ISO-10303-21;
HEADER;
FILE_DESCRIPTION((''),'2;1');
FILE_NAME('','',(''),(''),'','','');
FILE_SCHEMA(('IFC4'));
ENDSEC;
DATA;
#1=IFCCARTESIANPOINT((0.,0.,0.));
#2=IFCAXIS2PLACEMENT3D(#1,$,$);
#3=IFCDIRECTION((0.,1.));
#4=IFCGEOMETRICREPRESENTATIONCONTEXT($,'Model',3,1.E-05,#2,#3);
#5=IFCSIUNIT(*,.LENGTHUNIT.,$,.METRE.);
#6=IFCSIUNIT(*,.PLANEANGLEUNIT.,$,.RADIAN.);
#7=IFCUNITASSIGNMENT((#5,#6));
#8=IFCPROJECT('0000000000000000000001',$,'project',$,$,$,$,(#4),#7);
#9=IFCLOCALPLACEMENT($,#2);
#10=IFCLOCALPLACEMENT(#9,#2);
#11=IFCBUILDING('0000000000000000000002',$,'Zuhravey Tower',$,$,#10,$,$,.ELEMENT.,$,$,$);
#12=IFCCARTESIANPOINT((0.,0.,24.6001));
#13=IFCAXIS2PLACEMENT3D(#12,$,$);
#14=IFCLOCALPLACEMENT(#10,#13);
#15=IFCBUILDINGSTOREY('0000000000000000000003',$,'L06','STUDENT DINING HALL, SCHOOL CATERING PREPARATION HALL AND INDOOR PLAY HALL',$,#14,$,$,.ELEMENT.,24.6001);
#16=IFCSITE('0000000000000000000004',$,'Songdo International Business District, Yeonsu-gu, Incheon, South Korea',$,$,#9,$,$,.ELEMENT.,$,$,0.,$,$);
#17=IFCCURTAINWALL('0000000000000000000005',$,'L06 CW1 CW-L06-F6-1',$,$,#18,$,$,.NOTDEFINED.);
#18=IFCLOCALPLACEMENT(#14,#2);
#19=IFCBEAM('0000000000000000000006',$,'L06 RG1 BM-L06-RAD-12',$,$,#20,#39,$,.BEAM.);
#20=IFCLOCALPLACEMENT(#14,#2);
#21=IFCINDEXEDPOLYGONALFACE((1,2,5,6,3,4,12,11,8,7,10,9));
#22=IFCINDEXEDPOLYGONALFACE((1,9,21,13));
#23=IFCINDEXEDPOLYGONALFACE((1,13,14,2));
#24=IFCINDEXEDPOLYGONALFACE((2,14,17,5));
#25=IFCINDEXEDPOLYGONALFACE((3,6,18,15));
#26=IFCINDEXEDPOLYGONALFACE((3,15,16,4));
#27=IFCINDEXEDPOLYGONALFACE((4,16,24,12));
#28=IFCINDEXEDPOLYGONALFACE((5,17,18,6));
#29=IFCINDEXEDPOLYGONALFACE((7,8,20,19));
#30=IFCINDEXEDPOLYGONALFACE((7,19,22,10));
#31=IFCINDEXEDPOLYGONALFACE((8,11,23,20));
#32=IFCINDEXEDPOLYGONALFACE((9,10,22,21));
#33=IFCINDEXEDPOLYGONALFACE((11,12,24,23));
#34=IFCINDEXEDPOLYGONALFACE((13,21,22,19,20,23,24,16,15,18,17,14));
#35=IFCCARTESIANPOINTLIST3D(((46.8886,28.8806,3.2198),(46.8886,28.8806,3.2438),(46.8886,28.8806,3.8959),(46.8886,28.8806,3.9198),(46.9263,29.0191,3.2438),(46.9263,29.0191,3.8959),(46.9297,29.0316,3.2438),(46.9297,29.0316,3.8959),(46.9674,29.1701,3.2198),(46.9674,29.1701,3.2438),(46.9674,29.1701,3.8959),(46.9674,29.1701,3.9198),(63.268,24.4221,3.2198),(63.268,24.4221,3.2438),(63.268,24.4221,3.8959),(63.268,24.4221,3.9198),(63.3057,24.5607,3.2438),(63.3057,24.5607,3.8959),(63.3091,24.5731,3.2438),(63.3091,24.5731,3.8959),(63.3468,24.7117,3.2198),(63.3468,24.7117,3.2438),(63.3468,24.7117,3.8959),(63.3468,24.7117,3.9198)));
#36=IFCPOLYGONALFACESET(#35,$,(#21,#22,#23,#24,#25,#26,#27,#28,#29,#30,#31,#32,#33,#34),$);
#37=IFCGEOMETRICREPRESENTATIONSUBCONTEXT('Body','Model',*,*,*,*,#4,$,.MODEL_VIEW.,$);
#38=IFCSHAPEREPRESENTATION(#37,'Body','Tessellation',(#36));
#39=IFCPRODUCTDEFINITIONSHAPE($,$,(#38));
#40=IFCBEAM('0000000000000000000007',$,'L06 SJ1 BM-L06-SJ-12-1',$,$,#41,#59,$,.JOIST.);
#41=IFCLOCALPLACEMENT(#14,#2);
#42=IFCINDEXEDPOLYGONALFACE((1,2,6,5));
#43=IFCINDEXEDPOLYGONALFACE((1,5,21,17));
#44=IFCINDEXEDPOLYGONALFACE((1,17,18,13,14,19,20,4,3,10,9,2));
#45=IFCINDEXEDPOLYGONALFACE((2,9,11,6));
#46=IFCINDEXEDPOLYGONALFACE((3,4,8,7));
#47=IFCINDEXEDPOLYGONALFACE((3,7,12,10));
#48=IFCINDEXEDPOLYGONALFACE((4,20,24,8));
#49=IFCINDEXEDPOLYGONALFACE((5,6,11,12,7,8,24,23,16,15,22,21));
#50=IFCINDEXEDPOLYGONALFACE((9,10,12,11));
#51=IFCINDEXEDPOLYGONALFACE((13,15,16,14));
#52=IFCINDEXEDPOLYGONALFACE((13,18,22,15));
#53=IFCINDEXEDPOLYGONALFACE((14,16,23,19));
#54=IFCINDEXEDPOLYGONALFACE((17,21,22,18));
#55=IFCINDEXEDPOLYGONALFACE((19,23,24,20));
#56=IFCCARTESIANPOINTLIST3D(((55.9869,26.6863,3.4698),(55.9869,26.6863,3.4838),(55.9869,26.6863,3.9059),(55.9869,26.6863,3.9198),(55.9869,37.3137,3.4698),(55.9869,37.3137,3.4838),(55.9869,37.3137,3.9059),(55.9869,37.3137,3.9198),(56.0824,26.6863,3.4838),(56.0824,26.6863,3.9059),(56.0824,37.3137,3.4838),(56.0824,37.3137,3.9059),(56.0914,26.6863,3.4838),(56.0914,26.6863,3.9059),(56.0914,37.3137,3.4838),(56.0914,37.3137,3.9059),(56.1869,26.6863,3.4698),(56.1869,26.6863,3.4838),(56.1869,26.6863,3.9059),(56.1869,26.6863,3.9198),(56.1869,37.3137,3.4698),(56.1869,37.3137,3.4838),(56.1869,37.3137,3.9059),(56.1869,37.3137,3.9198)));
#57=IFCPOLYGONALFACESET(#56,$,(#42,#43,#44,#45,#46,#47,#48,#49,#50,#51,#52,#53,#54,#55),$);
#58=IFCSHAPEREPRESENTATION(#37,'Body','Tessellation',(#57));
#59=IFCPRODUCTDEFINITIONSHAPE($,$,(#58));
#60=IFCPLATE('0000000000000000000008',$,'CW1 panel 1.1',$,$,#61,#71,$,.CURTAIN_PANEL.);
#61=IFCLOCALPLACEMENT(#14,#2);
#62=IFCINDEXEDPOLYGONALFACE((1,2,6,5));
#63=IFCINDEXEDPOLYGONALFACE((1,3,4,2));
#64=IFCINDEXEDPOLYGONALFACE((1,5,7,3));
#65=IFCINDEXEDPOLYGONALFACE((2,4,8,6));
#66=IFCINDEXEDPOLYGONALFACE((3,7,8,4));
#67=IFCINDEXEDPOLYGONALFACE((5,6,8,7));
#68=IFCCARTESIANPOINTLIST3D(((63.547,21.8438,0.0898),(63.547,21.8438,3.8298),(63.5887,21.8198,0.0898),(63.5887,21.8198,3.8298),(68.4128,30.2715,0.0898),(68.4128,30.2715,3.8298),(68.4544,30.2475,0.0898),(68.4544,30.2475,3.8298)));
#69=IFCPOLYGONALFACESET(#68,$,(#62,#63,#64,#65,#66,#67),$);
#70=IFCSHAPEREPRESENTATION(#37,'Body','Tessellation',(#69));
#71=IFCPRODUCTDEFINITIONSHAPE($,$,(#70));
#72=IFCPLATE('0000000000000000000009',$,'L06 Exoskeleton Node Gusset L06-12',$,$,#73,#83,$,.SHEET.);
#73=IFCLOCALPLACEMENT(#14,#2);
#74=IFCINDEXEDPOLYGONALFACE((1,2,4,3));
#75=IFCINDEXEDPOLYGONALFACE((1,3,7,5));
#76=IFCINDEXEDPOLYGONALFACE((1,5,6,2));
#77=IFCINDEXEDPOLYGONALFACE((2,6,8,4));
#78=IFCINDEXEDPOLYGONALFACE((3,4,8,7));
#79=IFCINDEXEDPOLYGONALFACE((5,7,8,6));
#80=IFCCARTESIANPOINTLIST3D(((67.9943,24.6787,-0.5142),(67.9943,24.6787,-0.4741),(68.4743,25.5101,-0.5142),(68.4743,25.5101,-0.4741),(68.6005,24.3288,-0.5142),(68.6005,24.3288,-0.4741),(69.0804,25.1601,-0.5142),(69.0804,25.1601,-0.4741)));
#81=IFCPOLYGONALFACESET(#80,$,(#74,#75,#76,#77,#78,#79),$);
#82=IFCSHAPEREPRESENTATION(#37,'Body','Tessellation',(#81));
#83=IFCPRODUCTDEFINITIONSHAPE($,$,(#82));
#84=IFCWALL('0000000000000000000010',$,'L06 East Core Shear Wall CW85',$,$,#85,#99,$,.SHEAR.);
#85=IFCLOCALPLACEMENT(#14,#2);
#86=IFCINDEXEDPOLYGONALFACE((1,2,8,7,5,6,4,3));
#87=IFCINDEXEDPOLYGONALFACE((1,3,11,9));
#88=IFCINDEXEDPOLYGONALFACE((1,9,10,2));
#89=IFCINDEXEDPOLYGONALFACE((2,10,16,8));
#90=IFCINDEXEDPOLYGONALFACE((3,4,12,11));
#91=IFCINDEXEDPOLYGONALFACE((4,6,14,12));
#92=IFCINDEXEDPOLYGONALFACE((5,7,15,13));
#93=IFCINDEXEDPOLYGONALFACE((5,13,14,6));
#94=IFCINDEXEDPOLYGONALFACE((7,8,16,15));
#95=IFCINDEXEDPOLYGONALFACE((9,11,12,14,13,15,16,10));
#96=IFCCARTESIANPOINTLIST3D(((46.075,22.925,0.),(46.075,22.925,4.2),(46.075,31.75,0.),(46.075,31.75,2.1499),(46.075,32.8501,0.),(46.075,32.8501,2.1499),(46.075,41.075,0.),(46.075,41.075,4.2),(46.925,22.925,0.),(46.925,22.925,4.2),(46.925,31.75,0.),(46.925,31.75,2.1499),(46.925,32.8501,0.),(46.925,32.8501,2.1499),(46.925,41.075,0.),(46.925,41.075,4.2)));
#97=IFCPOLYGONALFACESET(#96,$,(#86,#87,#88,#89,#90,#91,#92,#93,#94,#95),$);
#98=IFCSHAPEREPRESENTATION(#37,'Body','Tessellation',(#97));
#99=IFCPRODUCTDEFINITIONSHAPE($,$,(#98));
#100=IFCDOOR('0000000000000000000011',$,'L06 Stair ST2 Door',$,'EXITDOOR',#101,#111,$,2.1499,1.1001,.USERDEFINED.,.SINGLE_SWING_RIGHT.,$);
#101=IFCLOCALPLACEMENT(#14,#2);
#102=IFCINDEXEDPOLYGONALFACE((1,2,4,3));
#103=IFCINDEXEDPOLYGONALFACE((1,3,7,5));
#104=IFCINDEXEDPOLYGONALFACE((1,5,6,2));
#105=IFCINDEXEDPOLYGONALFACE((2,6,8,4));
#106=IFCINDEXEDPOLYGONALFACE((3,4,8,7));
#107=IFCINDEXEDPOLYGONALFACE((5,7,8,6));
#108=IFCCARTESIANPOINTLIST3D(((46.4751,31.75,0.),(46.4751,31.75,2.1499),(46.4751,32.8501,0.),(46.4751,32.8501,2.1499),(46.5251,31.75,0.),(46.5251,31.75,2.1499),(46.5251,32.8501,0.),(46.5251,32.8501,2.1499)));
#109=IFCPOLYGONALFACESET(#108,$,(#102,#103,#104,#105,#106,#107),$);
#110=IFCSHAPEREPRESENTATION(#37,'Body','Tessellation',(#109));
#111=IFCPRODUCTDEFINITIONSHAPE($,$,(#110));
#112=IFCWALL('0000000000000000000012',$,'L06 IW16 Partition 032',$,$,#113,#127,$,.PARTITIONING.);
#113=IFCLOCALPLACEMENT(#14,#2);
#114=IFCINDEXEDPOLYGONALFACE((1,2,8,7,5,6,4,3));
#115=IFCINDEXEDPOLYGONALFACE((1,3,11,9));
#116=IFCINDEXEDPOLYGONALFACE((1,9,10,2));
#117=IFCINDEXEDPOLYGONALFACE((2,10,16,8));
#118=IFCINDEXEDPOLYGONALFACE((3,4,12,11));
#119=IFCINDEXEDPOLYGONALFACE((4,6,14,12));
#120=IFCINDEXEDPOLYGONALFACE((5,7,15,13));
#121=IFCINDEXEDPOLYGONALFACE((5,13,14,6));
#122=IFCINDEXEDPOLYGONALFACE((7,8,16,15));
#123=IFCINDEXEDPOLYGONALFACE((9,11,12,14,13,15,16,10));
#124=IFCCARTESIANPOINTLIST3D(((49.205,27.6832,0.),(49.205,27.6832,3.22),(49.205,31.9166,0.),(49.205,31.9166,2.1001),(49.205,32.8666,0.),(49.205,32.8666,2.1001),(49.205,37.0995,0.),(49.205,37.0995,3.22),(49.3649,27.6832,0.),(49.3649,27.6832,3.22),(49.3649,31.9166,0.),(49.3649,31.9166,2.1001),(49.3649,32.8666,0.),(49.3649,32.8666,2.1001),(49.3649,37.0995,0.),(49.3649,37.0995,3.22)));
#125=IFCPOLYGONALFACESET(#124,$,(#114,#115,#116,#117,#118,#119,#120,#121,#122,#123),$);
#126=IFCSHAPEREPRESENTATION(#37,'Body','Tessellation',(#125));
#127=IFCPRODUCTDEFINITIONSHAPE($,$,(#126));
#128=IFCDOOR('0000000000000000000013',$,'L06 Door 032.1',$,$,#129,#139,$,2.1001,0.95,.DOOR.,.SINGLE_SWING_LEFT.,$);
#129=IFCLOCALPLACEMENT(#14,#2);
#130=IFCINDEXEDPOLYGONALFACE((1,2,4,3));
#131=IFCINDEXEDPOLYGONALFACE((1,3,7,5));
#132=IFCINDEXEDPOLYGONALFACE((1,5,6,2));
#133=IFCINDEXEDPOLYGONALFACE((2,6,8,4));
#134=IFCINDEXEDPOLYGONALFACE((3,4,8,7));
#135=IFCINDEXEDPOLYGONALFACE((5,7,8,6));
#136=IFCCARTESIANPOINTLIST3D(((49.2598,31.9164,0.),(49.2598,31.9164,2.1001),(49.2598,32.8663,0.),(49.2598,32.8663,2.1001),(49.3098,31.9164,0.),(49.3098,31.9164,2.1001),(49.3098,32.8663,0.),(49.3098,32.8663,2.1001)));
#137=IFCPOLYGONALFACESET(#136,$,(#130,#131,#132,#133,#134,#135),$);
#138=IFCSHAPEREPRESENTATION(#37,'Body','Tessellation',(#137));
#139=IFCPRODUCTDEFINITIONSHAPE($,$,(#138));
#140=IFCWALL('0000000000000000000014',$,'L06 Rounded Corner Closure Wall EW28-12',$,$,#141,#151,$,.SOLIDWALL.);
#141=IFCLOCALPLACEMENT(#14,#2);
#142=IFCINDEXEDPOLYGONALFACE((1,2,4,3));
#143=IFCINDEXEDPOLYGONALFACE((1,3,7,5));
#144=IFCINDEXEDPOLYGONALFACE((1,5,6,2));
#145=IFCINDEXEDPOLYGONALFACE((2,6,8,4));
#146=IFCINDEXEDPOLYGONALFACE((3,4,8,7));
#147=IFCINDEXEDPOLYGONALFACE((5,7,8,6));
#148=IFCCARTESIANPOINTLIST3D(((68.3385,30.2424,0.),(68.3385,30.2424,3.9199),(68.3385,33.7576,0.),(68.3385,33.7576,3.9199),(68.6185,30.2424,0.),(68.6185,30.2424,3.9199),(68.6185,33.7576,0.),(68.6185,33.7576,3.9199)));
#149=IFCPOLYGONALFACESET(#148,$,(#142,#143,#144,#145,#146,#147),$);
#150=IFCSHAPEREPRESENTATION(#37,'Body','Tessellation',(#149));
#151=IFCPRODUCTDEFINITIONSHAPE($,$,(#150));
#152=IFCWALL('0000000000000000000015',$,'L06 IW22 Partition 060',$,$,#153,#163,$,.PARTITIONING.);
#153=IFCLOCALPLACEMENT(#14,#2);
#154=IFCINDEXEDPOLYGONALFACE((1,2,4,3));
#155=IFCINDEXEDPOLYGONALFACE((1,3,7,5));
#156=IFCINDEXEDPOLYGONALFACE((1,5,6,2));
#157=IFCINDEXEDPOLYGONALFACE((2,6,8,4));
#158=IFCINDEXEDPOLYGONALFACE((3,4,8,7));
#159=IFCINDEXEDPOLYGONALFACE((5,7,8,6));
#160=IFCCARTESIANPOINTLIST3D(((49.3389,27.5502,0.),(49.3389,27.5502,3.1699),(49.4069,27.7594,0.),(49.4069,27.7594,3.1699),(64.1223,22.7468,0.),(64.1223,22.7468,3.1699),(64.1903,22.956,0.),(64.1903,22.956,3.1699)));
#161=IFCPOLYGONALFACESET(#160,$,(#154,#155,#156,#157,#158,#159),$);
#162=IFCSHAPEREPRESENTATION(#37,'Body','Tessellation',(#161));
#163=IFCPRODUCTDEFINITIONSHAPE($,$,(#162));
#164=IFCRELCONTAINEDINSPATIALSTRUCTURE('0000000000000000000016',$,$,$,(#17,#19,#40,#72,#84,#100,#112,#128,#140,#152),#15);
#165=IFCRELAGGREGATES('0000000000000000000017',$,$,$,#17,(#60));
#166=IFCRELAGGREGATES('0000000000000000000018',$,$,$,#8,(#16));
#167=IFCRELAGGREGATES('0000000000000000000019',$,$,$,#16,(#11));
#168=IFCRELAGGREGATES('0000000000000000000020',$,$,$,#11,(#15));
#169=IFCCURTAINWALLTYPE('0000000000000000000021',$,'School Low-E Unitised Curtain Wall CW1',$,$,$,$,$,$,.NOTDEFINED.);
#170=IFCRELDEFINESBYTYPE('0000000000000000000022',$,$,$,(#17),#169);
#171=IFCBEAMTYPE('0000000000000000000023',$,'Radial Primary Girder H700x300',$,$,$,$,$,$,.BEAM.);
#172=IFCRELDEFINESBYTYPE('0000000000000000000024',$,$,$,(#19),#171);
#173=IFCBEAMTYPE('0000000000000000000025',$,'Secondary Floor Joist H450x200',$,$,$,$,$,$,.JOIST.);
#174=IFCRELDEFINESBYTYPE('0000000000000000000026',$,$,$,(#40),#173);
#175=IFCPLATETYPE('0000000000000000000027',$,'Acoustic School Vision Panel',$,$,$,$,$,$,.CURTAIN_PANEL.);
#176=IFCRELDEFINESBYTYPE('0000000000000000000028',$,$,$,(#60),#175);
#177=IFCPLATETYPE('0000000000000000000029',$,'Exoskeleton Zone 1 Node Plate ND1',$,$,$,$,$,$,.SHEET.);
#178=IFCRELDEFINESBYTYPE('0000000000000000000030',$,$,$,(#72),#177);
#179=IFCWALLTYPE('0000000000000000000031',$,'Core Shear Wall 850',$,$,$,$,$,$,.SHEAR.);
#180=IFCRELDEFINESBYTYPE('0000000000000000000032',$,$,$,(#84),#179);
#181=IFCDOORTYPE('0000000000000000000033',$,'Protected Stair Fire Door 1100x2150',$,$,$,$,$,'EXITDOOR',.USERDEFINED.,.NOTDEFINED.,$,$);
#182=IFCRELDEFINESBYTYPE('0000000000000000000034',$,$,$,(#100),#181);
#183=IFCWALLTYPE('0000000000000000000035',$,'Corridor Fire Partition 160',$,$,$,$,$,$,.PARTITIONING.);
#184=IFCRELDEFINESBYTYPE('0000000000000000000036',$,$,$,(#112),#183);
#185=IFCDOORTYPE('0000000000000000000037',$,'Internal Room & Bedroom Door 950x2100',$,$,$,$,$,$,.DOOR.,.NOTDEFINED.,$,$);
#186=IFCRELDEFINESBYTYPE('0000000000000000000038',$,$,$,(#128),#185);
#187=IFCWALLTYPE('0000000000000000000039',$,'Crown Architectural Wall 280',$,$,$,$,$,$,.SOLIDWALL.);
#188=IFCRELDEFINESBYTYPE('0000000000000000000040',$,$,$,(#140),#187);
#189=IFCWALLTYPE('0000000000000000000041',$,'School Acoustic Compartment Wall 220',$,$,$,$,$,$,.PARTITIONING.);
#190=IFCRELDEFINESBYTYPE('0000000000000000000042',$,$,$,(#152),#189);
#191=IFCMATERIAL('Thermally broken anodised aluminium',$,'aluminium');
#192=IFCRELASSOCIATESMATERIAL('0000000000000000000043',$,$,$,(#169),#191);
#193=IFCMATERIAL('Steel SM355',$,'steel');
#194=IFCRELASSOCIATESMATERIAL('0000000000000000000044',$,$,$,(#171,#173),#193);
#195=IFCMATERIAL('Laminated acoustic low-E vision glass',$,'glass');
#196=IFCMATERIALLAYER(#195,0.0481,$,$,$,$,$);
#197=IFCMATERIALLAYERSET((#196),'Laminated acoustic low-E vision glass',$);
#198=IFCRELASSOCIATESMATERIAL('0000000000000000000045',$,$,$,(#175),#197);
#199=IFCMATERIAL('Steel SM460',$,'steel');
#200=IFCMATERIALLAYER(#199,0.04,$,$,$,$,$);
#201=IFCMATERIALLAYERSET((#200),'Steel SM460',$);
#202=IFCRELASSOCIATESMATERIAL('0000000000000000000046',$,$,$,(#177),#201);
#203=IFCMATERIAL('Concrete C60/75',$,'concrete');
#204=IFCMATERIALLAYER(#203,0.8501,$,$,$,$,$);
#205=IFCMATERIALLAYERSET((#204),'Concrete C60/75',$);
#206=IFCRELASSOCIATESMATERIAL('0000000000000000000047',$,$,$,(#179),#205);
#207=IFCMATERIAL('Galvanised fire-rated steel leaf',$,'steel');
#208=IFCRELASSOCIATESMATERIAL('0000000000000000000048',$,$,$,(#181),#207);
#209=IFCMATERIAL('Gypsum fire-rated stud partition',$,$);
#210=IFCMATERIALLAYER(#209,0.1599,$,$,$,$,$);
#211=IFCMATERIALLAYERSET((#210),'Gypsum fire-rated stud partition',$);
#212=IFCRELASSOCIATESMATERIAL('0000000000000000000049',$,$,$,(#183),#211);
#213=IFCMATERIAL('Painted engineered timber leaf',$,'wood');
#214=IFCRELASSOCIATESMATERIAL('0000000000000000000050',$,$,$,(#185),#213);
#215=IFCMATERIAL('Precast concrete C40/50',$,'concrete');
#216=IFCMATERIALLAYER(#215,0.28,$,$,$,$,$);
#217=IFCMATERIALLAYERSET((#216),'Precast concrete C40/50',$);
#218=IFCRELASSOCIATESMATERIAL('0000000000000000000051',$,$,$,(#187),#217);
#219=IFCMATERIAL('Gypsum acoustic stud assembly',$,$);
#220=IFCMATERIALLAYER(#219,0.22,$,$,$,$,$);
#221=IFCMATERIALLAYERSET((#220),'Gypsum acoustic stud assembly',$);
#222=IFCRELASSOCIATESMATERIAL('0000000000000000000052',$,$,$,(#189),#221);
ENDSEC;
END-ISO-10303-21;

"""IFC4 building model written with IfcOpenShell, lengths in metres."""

from ifc_helpers import new_model, si_unit, direction, frame, frame_2d, origin, origin_2d, place, context, subcontext, project, spatial, rectangle, i_section, extrude, material, layer, layer_set, material_profile, profile_set, type_object, element, fill, aggregate, save


model = new_model("IFC4")

# Units and contexts
model_context = context("Model", 3, precision=1e-05, world=origin(), true_north=direction((0.0, 1.0)))
body_context = subcontext(model_context, "Body", "Model", "MODEL_VIEW")
ifc_project = project(units=[si_unit("LENGTHUNIT", "METRE"), si_unit("PLANEANGLEUNIT", "RADIAN")], contexts=[model_context])

# Site, building, storey
site_placement = place(None, origin())
site = spatial("IfcSite", under=ifc_project, at=site_placement, Name="Songdo International Business District, Yeonsu-gu, Incheon, South Korea", CompositionType="ELEMENT", RefElevation=0.0)
building_placement = place(site_placement, origin())
building = spatial("IfcBuilding", under=site, at=building_placement, Name="Zuhravey Tower", CompositionType="ELEMENT")
storey_placement = place(building_placement, frame((0.0, 0.0, 24.6001)))
storey = spatial("IfcBuildingStorey", under=building, at=storey_placement, Name="L06", Description="STUDENT DINING HALL, SCHOOL CATERING PREPARATION HALL AND INDOOR PLAY HALL", CompositionType="ELEMENT", Elevation=24.6001)

# Shared definitions
ifc_material_1 = material(Name="Concrete C60/75", Category="concrete")

# Curtain wall
ifc_material_2 = material(Name="Thermally broken anodised aluminium", Category="aluminium")
curtain_wall_type = type_object("IfcCurtainWallType", Name="School Low-E Unitised Curtain Wall CW1", PredefinedType="NOTDEFINED", material=ifc_material_2)
curtain_wall_1_placement = place(storey_placement, origin())
curtain_wall_1 = element("IfcCurtainWall", 1, at=curtain_wall_1_placement, inside=storey, type_object=curtain_wall_type, Name="L06 CW1 CW-L06-F6-1", PredefinedType="NOTDEFINED")

# Shared definitions
ifc_material_3 = material(Name="Steel SM460", Category="steel")

# Beams
ifc_material_4 = material(Name="Steel SM355", Category="steel")
ifc_material_profile_1 = material_profile(ifc_material_4, i_section(OverallWidth=0.3, OverallDepth=0.7, WebThickness=0.0129, FlangeThickness=0.0239, at=origin_2d()), Name="H-700x300x13x24")
ifc_profile_set_1 = profile_set([ifc_material_profile_1], Name="Steel SM355")
beam_type_1 = type_object("IfcBeamType", Name="Radial Primary Girder H700x300", PredefinedType="BEAM", material=ifc_profile_set_1)
beam_1_placement = place(storey_placement, frame((46.928, 29.0254, 3.5698), z_axis=(0.964892, -0.262645, 0.0), x_axis=(0.262645, 0.964892, 0.0)))
element("IfcBeam", 2, at=beam_1_placement, inside=storey, type_object=beam_type_1, Name="L06 RG1 BM-L06-RAD-12", PredefinedType="BEAM", context=body_context, shape_type="SweptSolid", body=[
    extrude(i_section(OverallWidth=0.3, OverallDepth=0.7, WebThickness=0.0129, FlangeThickness=0.0239, at=origin_2d()), origin(), (0.0, 0.0, 1.0), 16.9753),
])
ifc_material_profile_2 = material_profile(ifc_material_4, i_section(OverallWidth=0.2, OverallDepth=0.45, WebThickness=0.009, FlangeThickness=0.0139, at=origin_2d()), Name="H-450x200x9x14")
ifc_profile_set_2 = profile_set([ifc_material_profile_2], Name="Steel SM355")
beam_type_2 = type_object("IfcBeamType", Name="Secondary Floor Joist H450x200", PredefinedType="JOIST", material=ifc_profile_set_2)
beam_2_placement = place(storey_placement, frame((56.0869, 26.6863, 3.6948), z_axis=(0.0, 1.0, 0.0), x_axis=(-1.0, 0.0, 0.0)))
element("IfcBeam", 3, at=beam_2_placement, inside=storey, type_object=beam_type_2, Name="L06 SJ1 BM-L06-SJ-12-1", PredefinedType="JOIST", context=body_context, shape_type="SweptSolid", body=[
    extrude(i_section(OverallWidth=0.2, OverallDepth=0.45, WebThickness=0.009, FlangeThickness=0.0139, at=origin_2d()), origin(), (0.0, 0.0, 1.0), 10.6274),
])

# Plates
ifc_material_5 = material(Name="Laminated acoustic low-E vision glass", Category="glass")
ifc_layer_1 = layer(ifc_material_5, 0.0481)
ifc_layer_set_1 = layer_set([ifc_layer_1], Name="Laminated acoustic low-E vision glass")
plate_type_1 = type_object("IfcPlateType", Name="Acoustic School Vision Panel", PredefinedType="CURTAIN_PANEL", material=ifc_layer_set_1)
plate_1_placement = place(storey_placement, frame((66.0007, 26.0457, 0.0898), z_axis=(0.0, 0.0, 1.0), x_axis=(-0.5, -0.866026, 0.0)))
plate_1 = element("IfcPlate", 4, at=plate_1_placement, type_object=plate_type_1, Name="CW1 panel 1.1", PredefinedType="CURTAIN_PANEL", context=body_context, shape_type="SweptSolid", body=[
    extrude(rectangle(XDim=9.7314, YDim=0.0481, at=origin_2d()), origin(), (0.0, 0.0, 1.0), 3.74),
])
aggregate(curtain_wall_1, [plate_1])
ifc_layer_2 = layer(ifc_material_3, 0.04)
ifc_layer_set_2 = layer_set([ifc_layer_2], Name="Steel SM460")
plate_type_2 = type_object("IfcPlateType", Name="Exoskeleton Zone 1 Node Plate ND1", PredefinedType="SHEET", material=ifc_layer_set_2)
plate_2_placement = place(storey_placement, frame((68.5374, 24.9194, -0.5142), z_axis=(0.0, 0.0, 1.0), x_axis=(0.5, 0.866025, 0.0)))
element("IfcPlate", 5, at=plate_2_placement, inside=storey, type_object=plate_type_2, Name="L06 Exoskeleton Node Gusset L06-12", PredefinedType="SHEET", context=body_context, shape_type="SweptSolid", body=[
    extrude(rectangle(XDim=0.96, YDim=0.7, at=origin_2d()), origin(), (0.0, 0.0, 1.0), 0.04),
])

# Walls, openings, doors
ifc_layer_3 = layer(ifc_material_1, 0.8501)
ifc_layer_set_3 = layer_set([ifc_layer_3], Name="Concrete C60/75")
wall_type_1 = type_object("IfcWallType", Name="Core Shear Wall 850", PredefinedType="SHEAR", material=ifc_layer_set_3)
wall_1_placement = place(storey_placement, frame((46.5, 22.925, 0.0), z_axis=(0.0, 0.0, 1.0), x_axis=(0.0, 1.0, 0.0)))
wall_1 = element("IfcWall", 6, at=wall_1_placement, inside=storey, type_object=wall_type_1, Name="L06 East Core Shear Wall CW85", PredefinedType="SHEAR", context=body_context, shape_type="SweptSolid", body=[
    extrude(rectangle(XDim=18.1499, YDim=0.8501, at=frame_2d((9.075, 0.0))), origin(), (0.0, 0.0, 1.0), 4.2),
])
opening_1_placement = place(wall_1_placement, frame((8.825, 0.0, 0.0)))
opening_1 = element("IfcOpeningElement", 7, at=opening_1_placement, cuts=wall_1, PredefinedType="OPENING", context=body_context, shape_type="SweptSolid", body=[
    extrude(rectangle(XDim=1.1001, YDim=2.1499, at=frame_2d((0.55, 1.075))), frame((0.0, 0.437, 0.0), z_axis=(0.0, -1.0, 0.0), x_axis=(1.0, 0.0, 0.0)), (0.0, 0.0, 1.0), 0.874),
])
ifc_material_6 = material(Name="Galvanised fire-rated steel leaf", Category="steel")
door_type_1 = type_object("IfcDoorType", Name="Protected Stair Fire Door 1100x2150", ElementType="EXITDOOR", OperationType="NOTDEFINED", PredefinedType="USERDEFINED", material=ifc_material_6)
door_1_placement = place(opening_1_placement, origin())
door_1 = element("IfcDoor", 8, at=door_1_placement, inside=storey, type_object=door_type_1, Name="L06 Stair ST2 Door", ObjectType="EXITDOOR", OperationType="SINGLE_SWING_RIGHT", OverallHeight=2.1499, OverallWidth=1.1001, PredefinedType="USERDEFINED", context=body_context, shape_type="SweptSolid", body=[
    extrude(rectangle(XDim=1.1001, YDim=2.1499, at=frame_2d((0.55, 1.075))), frame((0.0, 0.0249, 0.0), z_axis=(0.0, -1.0, 0.0), x_axis=(1.0, 0.0, 0.0)), (0.0, 0.0, 1.0), 0.05),
])
fill(opening_1, door_1)
ifc_material_7 = material(Name="Gypsum fire-rated stud partition")
ifc_layer_4 = layer(ifc_material_7, 0.1599)
ifc_layer_set_4 = layer_set([ifc_layer_4], Name="Gypsum fire-rated stud partition")
wall_type_2 = type_object("IfcWallType", Name="Corridor Fire Partition 160", PredefinedType="PARTITIONING", material=ifc_layer_set_4)
wall_2_placement = place(storey_placement, frame((49.2849, 27.6833, 0.0), z_axis=(0.0, 0.0, 1.0), x_axis=(0.0, 1.0, 0.0)))
wall_2 = element("IfcWall", 9, at=wall_2_placement, inside=storey, type_object=wall_type_2, Name="L06 IW16 Partition 032", PredefinedType="PARTITIONING", context=body_context, shape_type="SweptSolid", body=[
    extrude(rectangle(XDim=9.4163, YDim=0.1599, at=frame_2d((4.708, 0.0))), origin(), (0.0, 0.0, 1.0), 3.22),
])
opening_2_placement = place(wall_2_placement, frame((4.2332, 0.0, 0.0)))
opening_2 = element("IfcOpeningElement", 10, at=opening_2_placement, cuts=wall_2, PredefinedType="OPENING", context=body_context, shape_type="SweptSolid", body=[
    extrude(rectangle(XDim=0.95, YDim=2.1001, at=frame_2d((0.4751, 1.05))), frame((0.0, 0.092, 0.0), z_axis=(0.0, -1.0, 0.0), x_axis=(1.0, 0.0, 0.0)), (0.0, 0.0, 1.0), 0.1838),
])
ifc_material_8 = material(Name="Painted engineered timber leaf", Category="wood")
door_type_2 = type_object("IfcDoorType", Name="Internal Room & Bedroom Door 950x2100", OperationType="NOTDEFINED", PredefinedType="DOOR", material=ifc_material_8)
door_2_placement = place(opening_2_placement, frame((0.95, 0.0, 0.0), z_axis=(0.0, 0.0, 1.0), x_axis=(-1.0, 0.0, 0.0)))
door_2 = element("IfcDoor", 11, at=door_2_placement, inside=storey, type_object=door_type_2, Name="L06 Door 032.1", OperationType="SINGLE_SWING_LEFT", OverallHeight=2.1001, OverallWidth=0.95, PredefinedType="DOOR", context=body_context, shape_type="SweptSolid", body=[
    extrude(rectangle(XDim=0.95, YDim=2.1001, at=frame_2d((0.4751, 1.05))), frame((0.0, 0.0249, 0.0), z_axis=(0.0, -1.0, 0.0), x_axis=(1.0, 0.0, 0.0)), (0.0, 0.0, 1.0), 0.05),
])
fill(opening_2, door_2)

# Walls
ifc_material_9 = material(Name="Precast concrete C40/50", Category="concrete")
ifc_layer_5 = layer(ifc_material_9, 0.28)
ifc_layer_set_5 = layer_set([ifc_layer_5], Name="Precast concrete C40/50")
wall_type_3 = type_object("IfcWallType", Name="Crown Architectural Wall 280", PredefinedType="SOLIDWALL", material=ifc_layer_set_5)
wall_3_placement = place(storey_placement, frame((68.4785, 33.7576, 0.0), z_axis=(0.0, 0.0, 1.0), x_axis=(0.0, -1.0, 0.0)))
element("IfcWall", 12, at=wall_3_placement, inside=storey, type_object=wall_type_3, Name="L06 Rounded Corner Closure Wall EW28-12", PredefinedType="SOLIDWALL", context=body_context, shape_type="SweptSolid", body=[
    extrude(rectangle(XDim=3.5151, YDim=0.28, at=frame_2d((1.7576, 0.0))), origin(), (0.0, 0.0, 1.0), 3.9199),
])
ifc_material_10 = material(Name="Gypsum acoustic stud assembly")
ifc_layer_6 = layer(ifc_material_10, 0.22)
ifc_layer_set_6 = layer_set([ifc_layer_6], Name="Gypsum acoustic stud assembly")
wall_type_4 = type_object("IfcWallType", Name="School Acoustic Compartment Wall 220", PredefinedType="PARTITIONING", material=ifc_layer_set_6)
wall_4_placement = place(storey_placement, frame((49.373, 27.6548, 0.0), z_axis=(0.0, 0.0, 1.0), x_axis=(0.951056, -0.309019, 0.0)))
element("IfcWall", 13, at=wall_4_placement, inside=storey, type_object=wall_type_4, Name="L06 IW22 Partition 060", PredefinedType="PARTITIONING", context=body_context, shape_type="SweptSolid", body=[
    extrude(rectangle(XDim=15.5442, YDim=0.22, at=frame_2d((7.772, 0.0))), origin(), (0.0, 0.0, 1.0), 3.1699),
])

save(model, "model.ifc")
